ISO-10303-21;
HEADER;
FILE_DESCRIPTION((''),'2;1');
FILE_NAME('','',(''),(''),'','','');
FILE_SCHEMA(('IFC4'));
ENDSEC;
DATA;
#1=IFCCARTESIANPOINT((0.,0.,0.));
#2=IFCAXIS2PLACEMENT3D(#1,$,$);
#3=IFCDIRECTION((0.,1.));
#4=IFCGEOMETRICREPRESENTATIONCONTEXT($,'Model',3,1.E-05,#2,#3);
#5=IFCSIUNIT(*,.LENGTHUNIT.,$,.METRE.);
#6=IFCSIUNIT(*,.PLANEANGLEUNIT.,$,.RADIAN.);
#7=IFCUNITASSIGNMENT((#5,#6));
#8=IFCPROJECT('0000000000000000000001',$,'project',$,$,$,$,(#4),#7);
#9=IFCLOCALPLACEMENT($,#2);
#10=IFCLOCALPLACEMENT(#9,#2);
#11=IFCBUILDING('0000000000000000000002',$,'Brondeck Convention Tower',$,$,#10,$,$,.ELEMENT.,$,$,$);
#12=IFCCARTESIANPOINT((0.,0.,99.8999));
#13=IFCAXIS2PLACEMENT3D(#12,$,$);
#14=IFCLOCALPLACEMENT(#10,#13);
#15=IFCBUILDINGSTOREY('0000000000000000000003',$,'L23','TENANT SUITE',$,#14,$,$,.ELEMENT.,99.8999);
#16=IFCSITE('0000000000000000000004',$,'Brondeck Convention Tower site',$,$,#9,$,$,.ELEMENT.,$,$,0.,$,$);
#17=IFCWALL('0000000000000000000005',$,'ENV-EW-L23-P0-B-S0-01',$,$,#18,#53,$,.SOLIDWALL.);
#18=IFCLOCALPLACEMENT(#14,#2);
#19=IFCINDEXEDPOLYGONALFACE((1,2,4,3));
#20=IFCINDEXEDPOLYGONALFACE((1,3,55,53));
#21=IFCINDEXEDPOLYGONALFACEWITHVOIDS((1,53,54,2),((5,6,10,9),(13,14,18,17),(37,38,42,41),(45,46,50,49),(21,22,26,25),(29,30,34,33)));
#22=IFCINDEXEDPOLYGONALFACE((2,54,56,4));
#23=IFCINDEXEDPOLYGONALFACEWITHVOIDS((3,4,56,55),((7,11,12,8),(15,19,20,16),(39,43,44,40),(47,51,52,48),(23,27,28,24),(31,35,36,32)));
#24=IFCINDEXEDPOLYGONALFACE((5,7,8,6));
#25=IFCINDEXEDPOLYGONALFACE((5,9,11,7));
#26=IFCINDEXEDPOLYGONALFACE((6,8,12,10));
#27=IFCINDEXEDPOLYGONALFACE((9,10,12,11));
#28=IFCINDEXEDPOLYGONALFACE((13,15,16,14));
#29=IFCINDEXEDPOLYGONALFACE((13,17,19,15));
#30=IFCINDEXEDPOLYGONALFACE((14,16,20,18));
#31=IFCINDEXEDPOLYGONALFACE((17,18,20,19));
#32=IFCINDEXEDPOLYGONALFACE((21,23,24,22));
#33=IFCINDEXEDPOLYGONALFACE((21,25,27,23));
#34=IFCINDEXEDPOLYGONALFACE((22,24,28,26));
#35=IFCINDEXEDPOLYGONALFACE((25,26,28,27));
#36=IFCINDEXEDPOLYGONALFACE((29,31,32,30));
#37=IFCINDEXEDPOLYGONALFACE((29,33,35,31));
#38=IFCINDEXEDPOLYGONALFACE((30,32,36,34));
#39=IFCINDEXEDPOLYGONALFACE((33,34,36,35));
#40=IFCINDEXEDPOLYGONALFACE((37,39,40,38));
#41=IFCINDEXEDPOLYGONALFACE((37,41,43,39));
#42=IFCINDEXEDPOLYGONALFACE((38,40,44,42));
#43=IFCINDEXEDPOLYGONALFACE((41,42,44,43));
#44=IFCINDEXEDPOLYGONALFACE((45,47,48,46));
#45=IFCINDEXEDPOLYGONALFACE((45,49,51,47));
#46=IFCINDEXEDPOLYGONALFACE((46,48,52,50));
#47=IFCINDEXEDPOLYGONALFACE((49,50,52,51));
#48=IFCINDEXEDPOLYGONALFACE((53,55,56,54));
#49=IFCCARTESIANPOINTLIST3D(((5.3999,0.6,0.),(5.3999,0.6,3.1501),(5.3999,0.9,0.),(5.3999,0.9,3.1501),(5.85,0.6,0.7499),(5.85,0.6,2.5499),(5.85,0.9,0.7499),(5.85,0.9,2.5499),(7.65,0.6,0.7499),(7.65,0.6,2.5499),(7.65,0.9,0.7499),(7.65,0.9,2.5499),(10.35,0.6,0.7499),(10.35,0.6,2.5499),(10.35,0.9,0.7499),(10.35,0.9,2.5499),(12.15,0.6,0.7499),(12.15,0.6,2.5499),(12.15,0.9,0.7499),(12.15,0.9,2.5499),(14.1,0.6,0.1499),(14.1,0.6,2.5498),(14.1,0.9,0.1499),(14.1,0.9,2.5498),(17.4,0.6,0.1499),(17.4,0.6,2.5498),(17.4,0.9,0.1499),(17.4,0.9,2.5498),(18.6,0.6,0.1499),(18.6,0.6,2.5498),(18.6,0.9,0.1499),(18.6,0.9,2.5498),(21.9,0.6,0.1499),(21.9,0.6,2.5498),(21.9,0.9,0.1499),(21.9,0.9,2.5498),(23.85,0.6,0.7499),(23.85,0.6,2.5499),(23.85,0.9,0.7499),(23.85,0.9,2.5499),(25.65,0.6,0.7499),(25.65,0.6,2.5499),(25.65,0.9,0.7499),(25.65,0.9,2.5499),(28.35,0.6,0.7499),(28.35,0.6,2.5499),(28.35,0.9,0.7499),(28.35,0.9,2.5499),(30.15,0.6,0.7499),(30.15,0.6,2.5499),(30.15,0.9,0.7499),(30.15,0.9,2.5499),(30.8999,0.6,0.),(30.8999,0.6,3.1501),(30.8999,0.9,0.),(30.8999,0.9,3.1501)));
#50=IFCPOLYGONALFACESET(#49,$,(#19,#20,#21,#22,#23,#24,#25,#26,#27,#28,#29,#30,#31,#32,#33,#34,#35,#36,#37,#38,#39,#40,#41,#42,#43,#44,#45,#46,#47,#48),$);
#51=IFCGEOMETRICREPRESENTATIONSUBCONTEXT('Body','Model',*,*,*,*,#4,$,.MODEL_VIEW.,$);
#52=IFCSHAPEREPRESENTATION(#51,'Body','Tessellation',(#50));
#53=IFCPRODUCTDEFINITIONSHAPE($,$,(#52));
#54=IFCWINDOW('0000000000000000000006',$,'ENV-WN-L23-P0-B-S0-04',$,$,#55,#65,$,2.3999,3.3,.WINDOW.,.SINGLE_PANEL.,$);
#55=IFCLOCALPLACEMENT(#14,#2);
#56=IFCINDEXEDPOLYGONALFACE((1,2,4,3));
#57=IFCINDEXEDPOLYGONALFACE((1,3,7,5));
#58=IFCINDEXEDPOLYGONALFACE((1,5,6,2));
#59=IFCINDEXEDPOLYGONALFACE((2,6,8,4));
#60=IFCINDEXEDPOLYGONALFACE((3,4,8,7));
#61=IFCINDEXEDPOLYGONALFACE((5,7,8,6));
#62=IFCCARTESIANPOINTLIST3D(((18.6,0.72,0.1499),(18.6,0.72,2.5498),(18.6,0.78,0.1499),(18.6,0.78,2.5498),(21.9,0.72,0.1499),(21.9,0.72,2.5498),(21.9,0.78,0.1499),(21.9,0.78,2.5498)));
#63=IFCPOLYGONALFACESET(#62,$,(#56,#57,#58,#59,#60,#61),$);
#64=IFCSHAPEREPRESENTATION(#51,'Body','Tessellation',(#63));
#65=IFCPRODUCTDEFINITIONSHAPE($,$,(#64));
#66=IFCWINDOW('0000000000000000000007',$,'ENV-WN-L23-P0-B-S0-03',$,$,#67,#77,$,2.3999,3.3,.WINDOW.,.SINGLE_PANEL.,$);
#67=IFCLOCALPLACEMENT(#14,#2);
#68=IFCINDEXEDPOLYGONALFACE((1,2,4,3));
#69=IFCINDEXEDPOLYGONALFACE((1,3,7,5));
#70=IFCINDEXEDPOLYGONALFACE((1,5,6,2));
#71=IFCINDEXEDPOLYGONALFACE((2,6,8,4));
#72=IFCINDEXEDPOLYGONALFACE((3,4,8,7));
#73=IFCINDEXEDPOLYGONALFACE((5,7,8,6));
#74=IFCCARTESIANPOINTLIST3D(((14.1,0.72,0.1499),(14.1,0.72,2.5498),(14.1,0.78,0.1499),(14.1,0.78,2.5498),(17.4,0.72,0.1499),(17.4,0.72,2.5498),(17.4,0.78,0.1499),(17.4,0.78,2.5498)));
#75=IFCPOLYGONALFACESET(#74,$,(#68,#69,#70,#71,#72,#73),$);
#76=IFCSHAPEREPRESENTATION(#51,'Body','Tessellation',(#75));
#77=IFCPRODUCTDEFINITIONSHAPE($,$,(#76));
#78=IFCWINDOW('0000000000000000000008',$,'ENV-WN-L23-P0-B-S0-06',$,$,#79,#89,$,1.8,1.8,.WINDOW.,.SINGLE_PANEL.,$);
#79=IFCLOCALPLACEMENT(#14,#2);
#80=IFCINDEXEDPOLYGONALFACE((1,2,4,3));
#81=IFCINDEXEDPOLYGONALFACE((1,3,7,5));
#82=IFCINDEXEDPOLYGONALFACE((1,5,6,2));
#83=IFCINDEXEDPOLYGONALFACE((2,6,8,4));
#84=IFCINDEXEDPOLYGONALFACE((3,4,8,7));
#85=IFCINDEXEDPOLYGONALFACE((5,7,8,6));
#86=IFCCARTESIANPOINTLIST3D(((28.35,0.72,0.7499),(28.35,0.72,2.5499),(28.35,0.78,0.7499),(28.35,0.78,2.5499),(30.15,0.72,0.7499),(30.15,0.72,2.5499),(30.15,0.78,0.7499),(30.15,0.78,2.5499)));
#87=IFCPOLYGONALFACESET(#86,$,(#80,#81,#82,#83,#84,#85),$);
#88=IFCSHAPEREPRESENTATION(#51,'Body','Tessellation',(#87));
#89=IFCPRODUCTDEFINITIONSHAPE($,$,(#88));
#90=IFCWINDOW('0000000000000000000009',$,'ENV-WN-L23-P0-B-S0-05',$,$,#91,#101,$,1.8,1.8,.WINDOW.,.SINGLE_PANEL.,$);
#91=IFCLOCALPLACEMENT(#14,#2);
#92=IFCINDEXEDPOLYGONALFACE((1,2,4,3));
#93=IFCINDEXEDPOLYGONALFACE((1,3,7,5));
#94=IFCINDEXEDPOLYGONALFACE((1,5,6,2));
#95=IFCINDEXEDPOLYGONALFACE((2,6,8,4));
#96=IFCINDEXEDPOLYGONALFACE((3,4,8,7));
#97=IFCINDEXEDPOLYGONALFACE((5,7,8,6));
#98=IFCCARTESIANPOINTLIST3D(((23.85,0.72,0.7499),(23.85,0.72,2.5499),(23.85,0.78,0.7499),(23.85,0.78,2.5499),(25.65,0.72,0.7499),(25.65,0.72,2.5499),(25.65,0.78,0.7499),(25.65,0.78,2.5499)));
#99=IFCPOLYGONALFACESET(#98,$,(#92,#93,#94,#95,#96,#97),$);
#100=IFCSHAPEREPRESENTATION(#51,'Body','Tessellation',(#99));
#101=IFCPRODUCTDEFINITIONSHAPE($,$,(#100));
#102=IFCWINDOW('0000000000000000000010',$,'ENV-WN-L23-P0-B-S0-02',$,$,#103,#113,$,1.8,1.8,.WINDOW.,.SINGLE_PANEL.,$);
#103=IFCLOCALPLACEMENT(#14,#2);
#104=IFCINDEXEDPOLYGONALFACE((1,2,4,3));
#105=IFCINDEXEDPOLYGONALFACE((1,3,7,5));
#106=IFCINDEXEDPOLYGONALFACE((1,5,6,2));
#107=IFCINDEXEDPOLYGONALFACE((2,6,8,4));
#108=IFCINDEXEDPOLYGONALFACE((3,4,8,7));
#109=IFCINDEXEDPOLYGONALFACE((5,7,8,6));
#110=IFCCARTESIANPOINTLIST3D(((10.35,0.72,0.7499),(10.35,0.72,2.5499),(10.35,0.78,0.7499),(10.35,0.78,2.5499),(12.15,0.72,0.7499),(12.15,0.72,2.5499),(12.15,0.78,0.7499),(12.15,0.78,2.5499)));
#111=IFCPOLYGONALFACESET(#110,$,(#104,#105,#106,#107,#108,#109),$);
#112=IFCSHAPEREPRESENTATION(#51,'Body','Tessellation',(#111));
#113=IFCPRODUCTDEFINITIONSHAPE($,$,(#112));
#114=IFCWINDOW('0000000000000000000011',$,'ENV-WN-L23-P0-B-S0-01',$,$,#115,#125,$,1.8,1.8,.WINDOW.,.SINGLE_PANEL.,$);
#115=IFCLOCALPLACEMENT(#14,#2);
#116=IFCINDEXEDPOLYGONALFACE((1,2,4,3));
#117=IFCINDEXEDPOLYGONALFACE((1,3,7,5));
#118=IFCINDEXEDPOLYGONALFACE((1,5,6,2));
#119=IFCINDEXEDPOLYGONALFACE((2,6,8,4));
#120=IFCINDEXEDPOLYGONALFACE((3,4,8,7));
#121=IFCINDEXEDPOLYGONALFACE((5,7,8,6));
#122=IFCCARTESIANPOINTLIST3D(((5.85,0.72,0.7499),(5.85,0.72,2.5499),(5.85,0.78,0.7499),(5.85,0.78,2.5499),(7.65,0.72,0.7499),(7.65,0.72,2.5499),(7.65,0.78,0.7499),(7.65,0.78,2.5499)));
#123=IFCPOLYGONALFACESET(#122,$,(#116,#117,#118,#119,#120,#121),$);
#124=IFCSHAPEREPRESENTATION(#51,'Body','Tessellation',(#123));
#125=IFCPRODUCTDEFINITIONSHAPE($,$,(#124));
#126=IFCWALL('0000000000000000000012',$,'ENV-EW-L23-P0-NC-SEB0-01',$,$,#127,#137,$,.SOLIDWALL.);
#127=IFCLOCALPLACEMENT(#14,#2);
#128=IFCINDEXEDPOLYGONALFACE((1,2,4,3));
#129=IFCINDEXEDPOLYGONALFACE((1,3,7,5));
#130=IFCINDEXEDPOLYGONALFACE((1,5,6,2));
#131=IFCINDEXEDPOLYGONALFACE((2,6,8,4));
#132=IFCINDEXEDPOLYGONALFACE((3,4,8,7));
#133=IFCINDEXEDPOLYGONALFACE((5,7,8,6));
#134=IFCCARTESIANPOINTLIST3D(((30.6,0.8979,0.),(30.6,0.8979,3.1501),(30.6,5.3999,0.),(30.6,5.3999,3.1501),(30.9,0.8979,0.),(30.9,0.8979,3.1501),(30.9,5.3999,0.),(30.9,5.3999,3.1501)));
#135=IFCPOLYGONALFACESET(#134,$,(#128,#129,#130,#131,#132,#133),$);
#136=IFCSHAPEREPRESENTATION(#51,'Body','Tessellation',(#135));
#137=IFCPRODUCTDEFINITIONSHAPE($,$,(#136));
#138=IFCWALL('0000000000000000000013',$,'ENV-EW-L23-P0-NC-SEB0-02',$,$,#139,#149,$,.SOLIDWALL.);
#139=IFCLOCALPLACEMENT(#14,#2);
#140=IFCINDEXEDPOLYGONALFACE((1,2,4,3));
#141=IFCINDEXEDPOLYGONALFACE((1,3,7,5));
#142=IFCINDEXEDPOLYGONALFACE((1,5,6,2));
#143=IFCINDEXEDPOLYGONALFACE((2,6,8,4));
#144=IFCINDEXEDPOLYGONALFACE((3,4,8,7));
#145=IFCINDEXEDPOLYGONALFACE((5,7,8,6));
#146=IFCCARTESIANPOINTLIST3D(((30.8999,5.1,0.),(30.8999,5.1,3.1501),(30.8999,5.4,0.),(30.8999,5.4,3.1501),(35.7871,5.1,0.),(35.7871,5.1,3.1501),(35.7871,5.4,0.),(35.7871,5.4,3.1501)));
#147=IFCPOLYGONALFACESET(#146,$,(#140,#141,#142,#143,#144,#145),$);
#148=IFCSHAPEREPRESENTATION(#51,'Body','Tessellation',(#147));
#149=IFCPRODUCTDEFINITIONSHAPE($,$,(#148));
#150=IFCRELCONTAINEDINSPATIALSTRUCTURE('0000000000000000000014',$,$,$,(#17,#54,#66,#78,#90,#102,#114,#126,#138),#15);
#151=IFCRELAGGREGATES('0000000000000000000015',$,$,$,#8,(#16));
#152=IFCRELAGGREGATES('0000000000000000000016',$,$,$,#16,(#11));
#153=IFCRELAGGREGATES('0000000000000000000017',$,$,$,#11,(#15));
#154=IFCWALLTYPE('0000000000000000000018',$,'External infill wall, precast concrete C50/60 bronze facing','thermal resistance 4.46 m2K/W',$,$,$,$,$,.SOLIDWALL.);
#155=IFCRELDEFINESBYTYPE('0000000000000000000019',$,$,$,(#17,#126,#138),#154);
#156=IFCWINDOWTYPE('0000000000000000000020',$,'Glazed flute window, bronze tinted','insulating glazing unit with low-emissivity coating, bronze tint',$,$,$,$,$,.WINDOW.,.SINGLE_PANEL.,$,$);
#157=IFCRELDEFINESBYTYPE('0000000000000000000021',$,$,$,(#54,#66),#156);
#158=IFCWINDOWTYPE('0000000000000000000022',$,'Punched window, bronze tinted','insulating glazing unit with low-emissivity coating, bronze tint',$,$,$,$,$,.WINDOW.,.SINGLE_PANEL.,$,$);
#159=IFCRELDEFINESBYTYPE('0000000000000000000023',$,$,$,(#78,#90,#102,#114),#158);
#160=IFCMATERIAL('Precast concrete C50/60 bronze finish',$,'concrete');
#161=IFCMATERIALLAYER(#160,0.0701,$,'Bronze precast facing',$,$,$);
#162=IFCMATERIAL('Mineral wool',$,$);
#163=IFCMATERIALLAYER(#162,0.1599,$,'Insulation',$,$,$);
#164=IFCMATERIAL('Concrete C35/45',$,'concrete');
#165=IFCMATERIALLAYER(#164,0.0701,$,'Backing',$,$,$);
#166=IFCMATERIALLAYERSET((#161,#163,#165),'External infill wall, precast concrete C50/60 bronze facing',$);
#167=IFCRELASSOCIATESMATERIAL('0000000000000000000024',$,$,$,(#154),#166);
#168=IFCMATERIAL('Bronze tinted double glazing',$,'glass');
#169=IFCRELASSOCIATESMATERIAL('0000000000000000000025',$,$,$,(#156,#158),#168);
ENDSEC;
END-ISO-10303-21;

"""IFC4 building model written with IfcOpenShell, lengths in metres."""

from ifc_helpers import new_model, si_unit, direction, frame, frame_2d, origin, place, context, subcontext, project, spatial, rectangle, extrude, material, layer, layer_set, type_object, element, fill, save


model = new_model("IFC4")

# Units and contexts
model_context = context("Model", 3, precision=1e-05, world=origin(), true_north=direction((0.0, 1.0)))
body_context = subcontext(model_context, "Body", "Model", "MODEL_VIEW")
ifc_project = project(units=[si_unit("LENGTHUNIT", "METRE"), si_unit("PLANEANGLEUNIT", "RADIAN")], contexts=[model_context])

# Site, building, storey
site_placement = place(None, origin())
site = spatial("IfcSite", under=ifc_project, at=site_placement, Name="Brondeck Convention Tower site", CompositionType="ELEMENT", RefElevation=0.0)
building_placement = place(site_placement, origin())
building = spatial("IfcBuilding", under=site, at=building_placement, Name="Brondeck Convention Tower", CompositionType="ELEMENT")
storey_placement = place(building_placement, frame((0.0, 0.0, 99.8999)))
storey = spatial("IfcBuildingStorey", under=building, at=storey_placement, Name="L23", Description="TENANT SUITE", CompositionType="ELEMENT", Elevation=99.8999)

# Wall, openings, windows
ifc_material_1 = material(Name="Precast concrete C50/60 bronze finish", Category="concrete")
ifc_layer_1 = layer(ifc_material_1, 0.0701, Name="Bronze precast facing")
ifc_material_2 = material(Name="Mineral wool")
ifc_layer_2 = layer(ifc_material_2, 0.1599, Name="Insulation")
ifc_material_3 = material(Name="Concrete C35/45", Category="concrete")
ifc_layer_3 = layer(ifc_material_3, 0.0701, Name="Backing")
ifc_layer_set = layer_set([ifc_layer_1, ifc_layer_2, ifc_layer_3], Name="External infill wall, precast concrete C50/60 bronze facing")
wall_type = type_object("IfcWallType", Name="External infill wall, precast concrete C50/60 bronze facing", Description="thermal resistance 4.46 m2K/W", PredefinedType="SOLIDWALL", material=ifc_layer_set)
wall_1_placement = place(storey_placement, frame((30.8999, 0.75, 0.0), z_axis=(0.0, 0.0, 1.0), x_axis=(-1.0, 0.0, 0.0)))
wall_1 = element("IfcWall", 1, at=wall_1_placement, inside=storey, type_object=wall_type, Name="ENV-EW-L23-P0-B-S0-01", PredefinedType="SOLIDWALL", context=body_context, shape_type="SweptSolid", body=[
    extrude(rectangle(XDim=25.5, YDim=0.3, at=frame_2d((12.75, 0.0))), origin(), (0.0, 0.0, 1.0), 3.1501),
])
opening_1_placement = place(wall_1_placement, frame((0.75, 0.0, 0.75)))
opening_1 = element("IfcOpeningElement", 2, at=opening_1_placement, cuts=wall_1, PredefinedType="OPENING", context=body_context, shape_type="SweptSolid", body=[
    extrude(rectangle(XDim=1.8, YDim=1.8, at=frame_2d((0.8999, 0.8999))), frame((0.0, 0.1599, 0.0), z_axis=(0.0, -1.0, 0.0), x_axis=(1.0, 0.0, 0.0)), (0.0, 0.0, 1.0), 0.3201),
])
opening_2_placement = place(wall_1_placement, frame((5.25, 0.0, 0.75)))
opening_2 = element("IfcOpeningElement", 3, at=opening_2_placement, cuts=wall_1, PredefinedType="OPENING", context=body_context, shape_type="SweptSolid", body=[
    extrude(rectangle(XDim=1.8, YDim=1.8, at=frame_2d((0.8999, 0.8999))), frame((0.0, 0.1599, 0.0), z_axis=(0.0, -1.0, 0.0), x_axis=(1.0, 0.0, 0.0)), (0.0, 0.0, 1.0), 0.3201),
])
opening_3_placement = place(wall_1_placement, frame((9.0, 0.0, 0.1499)))
opening_3 = element("IfcOpeningElement", 4, at=opening_3_placement, cuts=wall_1, PredefinedType="OPENING", context=body_context, shape_type="SweptSolid", body=[
    extrude(rectangle(XDim=3.3, YDim=2.3999, at=frame_2d((1.6499, 1.2))), frame((0.0, 0.1599, 0.0), z_axis=(0.0, -1.0, 0.0), x_axis=(1.0, 0.0, 0.0)), (0.0, 0.0, 1.0), 0.3201),
])
opening_4_placement = place(wall_1_placement, frame((13.5, 0.0, 0.1499)))
opening_4 = element("IfcOpeningElement", 5, at=opening_4_placement, cuts=wall_1, PredefinedType="OPENING", context=body_context, shape_type="SweptSolid", body=[
    extrude(rectangle(XDim=3.3, YDim=2.3999, at=frame_2d((1.6499, 1.2))), frame((0.0, 0.1599, 0.0), z_axis=(0.0, -1.0, 0.0), x_axis=(1.0, 0.0, 0.0)), (0.0, 0.0, 1.0), 0.3201),
])
opening_5_placement = place(wall_1_placement, frame((18.75, 0.0, 0.75)))
opening_5 = element("IfcOpeningElement", 6, at=opening_5_placement, cuts=wall_1, PredefinedType="OPENING", context=body_context, shape_type="SweptSolid", body=[
    extrude(rectangle(XDim=1.8, YDim=1.8, at=frame_2d((0.8999, 0.8999))), frame((0.0, 0.1599, 0.0), z_axis=(0.0, -1.0, 0.0), x_axis=(1.0, 0.0, 0.0)), (0.0, 0.0, 1.0), 0.3201),
])
opening_6_placement = place(wall_1_placement, frame((23.25, 0.0, 0.75)))
opening_6 = element("IfcOpeningElement", 7, at=opening_6_placement, cuts=wall_1, PredefinedType="OPENING", context=body_context, shape_type="SweptSolid", body=[
    extrude(rectangle(XDim=1.8, YDim=1.8, at=frame_2d((0.8999, 0.8999))), frame((0.0, 0.1599, 0.0), z_axis=(0.0, -1.0, 0.0), x_axis=(1.0, 0.0, 0.0)), (0.0, 0.0, 1.0), 0.3201),
])
ifc_material_4 = material(Name="Bronze tinted double glazing", Category="glass")
window_type_1 = type_object("IfcWindowType", Name="Glazed flute window, bronze tinted", Description="insulating glazing unit with low-emissivity coating, bronze tint", PartitioningType="SINGLE_PANEL", PredefinedType="WINDOW", material=ifc_material_4)
window_1_placement = place(opening_3_placement, origin())
window_1 = element("IfcWindow", 8, at=window_1_placement, inside=storey, type_object=window_type_1, Name="ENV-WN-L23-P0-B-S0-04", OverallHeight=2.3999, OverallWidth=3.3, PartitioningType="SINGLE_PANEL", PredefinedType="WINDOW", context=body_context, shape_type="SweptSolid", body=[
    extrude(rectangle(XDim=3.3, YDim=2.3999, at=frame_2d((1.6499, 1.2))), frame((0.0, 0.03, 0.0), z_axis=(0.0, -1.0, 0.0), x_axis=(1.0, 0.0, 0.0)), (0.0, 0.0, 1.0), 0.0601),
])
fill(opening_3, window_1)
window_2_placement = place(opening_4_placement, origin())
window_2 = element("IfcWindow", 9, at=window_2_placement, inside=storey, type_object=window_type_1, Name="ENV-WN-L23-P0-B-S0-03", OverallHeight=2.3999, OverallWidth=3.3, PartitioningType="SINGLE_PANEL", PredefinedType="WINDOW", context=body_context, shape_type="SweptSolid", body=[
    extrude(rectangle(XDim=3.3, YDim=2.3999, at=frame_2d((1.6499, 1.2))), frame((0.0, 0.03, 0.0), z_axis=(0.0, -1.0, 0.0), x_axis=(1.0, 0.0, 0.0)), (0.0, 0.0, 1.0), 0.0601),
])
fill(opening_4, window_2)
window_type_2 = type_object("IfcWindowType", Name="Punched window, bronze tinted", Description="insulating glazing unit with low-emissivity coating, bronze tint", PartitioningType="SINGLE_PANEL", PredefinedType="WINDOW", material=ifc_material_4)
window_3_placement = place(opening_1_placement, origin())
window_3 = element("IfcWindow", 10, at=window_3_placement, inside=storey, type_object=window_type_2, Name="ENV-WN-L23-P0-B-S0-06", OverallHeight=1.8, OverallWidth=1.8, PartitioningType="SINGLE_PANEL", PredefinedType="WINDOW", context=body_context, shape_type="SweptSolid", body=[
    extrude(rectangle(XDim=1.8, YDim=1.8, at=frame_2d((0.8999, 0.8999))), frame((0.0, 0.03, 0.0), z_axis=(0.0, -1.0, 0.0), x_axis=(1.0, 0.0, 0.0)), (0.0, 0.0, 1.0), 0.0601),
])
fill(opening_1, window_3)
window_4_placement = place(opening_2_placement, origin())
window_4 = element("IfcWindow", 11, at=window_4_placement, inside=storey, type_object=window_type_2, Name="ENV-WN-L23-P0-B-S0-05", OverallHeight=1.8, OverallWidth=1.8, PartitioningType="SINGLE_PANEL", PredefinedType="WINDOW", context=body_context, shape_type="SweptSolid", body=[
    extrude(rectangle(XDim=1.8, YDim=1.8, at=frame_2d((0.8999, 0.8999))), frame((0.0, 0.03, 0.0), z_axis=(0.0, -1.0, 0.0), x_axis=(1.0, 0.0, 0.0)), (0.0, 0.0, 1.0), 0.0601),
])
fill(opening_2, window_4)
window_5_placement = place(opening_5_placement, origin())
window_5 = element("IfcWindow", 12, at=window_5_placement, inside=storey, type_object=window_type_2, Name="ENV-WN-L23-P0-B-S0-02", OverallHeight=1.8, OverallWidth=1.8, PartitioningType="SINGLE_PANEL", PredefinedType="WINDOW", context=body_context, shape_type="SweptSolid", body=[
    extrude(rectangle(XDim=1.8, YDim=1.8, at=frame_2d((0.8999, 0.8999))), frame((0.0, 0.03, 0.0), z_axis=(0.0, -1.0, 0.0), x_axis=(1.0, 0.0, 0.0)), (0.0, 0.0, 1.0), 0.0601),
])
fill(opening_5, window_5)
window_6_placement = place(opening_6_placement, origin())
window_6 = element("IfcWindow", 13, at=window_6_placement, inside=storey, type_object=window_type_2, Name="ENV-WN-L23-P0-B-S0-01", OverallHeight=1.8, OverallWidth=1.8, PartitioningType="SINGLE_PANEL", PredefinedType="WINDOW", context=body_context, shape_type="SweptSolid", body=[
    extrude(rectangle(XDim=1.8, YDim=1.8, at=frame_2d((0.8999, 0.8999))), frame((0.0, 0.03, 0.0), z_axis=(0.0, -1.0, 0.0), x_axis=(1.0, 0.0, 0.0)), (0.0, 0.0, 1.0), 0.0601),
])
fill(opening_6, window_6)

# Walls
wall_2_placement = place(storey_placement, frame((30.75, 5.3999, 0.0), z_axis=(0.0, 0.0, 1.0), x_axis=(0.0, -1.0, 0.0)))
element("IfcWall", 14, at=wall_2_placement, inside=storey, type_object=wall_type, Name="ENV-EW-L23-P0-NC-SEB0-01", PredefinedType="SOLIDWALL", context=body_context, shape_type="SweptSolid", body=[
    extrude(rectangle(XDim=4.502, YDim=0.3, at=frame_2d((2.251, 0.0))), origin(), (0.0, 0.0, 1.0), 3.1501),
])
wall_3_placement = place(storey_placement, frame((35.7871, 5.25, 0.0), z_axis=(0.0, 0.0, 1.0), x_axis=(-1.0, 0.0, 0.0)))
element("IfcWall", 15, at=wall_3_placement, inside=storey, type_object=wall_type, Name="ENV-EW-L23-P0-NC-SEB0-02", PredefinedType="SOLIDWALL", context=body_context, shape_type="SweptSolid", body=[
    extrude(rectangle(XDim=4.8872, YDim=0.3, at=frame_2d((2.4436, 0.0))), origin(), (0.0, 0.0, 1.0), 3.1501),
])

save(model, "model.ifc")
